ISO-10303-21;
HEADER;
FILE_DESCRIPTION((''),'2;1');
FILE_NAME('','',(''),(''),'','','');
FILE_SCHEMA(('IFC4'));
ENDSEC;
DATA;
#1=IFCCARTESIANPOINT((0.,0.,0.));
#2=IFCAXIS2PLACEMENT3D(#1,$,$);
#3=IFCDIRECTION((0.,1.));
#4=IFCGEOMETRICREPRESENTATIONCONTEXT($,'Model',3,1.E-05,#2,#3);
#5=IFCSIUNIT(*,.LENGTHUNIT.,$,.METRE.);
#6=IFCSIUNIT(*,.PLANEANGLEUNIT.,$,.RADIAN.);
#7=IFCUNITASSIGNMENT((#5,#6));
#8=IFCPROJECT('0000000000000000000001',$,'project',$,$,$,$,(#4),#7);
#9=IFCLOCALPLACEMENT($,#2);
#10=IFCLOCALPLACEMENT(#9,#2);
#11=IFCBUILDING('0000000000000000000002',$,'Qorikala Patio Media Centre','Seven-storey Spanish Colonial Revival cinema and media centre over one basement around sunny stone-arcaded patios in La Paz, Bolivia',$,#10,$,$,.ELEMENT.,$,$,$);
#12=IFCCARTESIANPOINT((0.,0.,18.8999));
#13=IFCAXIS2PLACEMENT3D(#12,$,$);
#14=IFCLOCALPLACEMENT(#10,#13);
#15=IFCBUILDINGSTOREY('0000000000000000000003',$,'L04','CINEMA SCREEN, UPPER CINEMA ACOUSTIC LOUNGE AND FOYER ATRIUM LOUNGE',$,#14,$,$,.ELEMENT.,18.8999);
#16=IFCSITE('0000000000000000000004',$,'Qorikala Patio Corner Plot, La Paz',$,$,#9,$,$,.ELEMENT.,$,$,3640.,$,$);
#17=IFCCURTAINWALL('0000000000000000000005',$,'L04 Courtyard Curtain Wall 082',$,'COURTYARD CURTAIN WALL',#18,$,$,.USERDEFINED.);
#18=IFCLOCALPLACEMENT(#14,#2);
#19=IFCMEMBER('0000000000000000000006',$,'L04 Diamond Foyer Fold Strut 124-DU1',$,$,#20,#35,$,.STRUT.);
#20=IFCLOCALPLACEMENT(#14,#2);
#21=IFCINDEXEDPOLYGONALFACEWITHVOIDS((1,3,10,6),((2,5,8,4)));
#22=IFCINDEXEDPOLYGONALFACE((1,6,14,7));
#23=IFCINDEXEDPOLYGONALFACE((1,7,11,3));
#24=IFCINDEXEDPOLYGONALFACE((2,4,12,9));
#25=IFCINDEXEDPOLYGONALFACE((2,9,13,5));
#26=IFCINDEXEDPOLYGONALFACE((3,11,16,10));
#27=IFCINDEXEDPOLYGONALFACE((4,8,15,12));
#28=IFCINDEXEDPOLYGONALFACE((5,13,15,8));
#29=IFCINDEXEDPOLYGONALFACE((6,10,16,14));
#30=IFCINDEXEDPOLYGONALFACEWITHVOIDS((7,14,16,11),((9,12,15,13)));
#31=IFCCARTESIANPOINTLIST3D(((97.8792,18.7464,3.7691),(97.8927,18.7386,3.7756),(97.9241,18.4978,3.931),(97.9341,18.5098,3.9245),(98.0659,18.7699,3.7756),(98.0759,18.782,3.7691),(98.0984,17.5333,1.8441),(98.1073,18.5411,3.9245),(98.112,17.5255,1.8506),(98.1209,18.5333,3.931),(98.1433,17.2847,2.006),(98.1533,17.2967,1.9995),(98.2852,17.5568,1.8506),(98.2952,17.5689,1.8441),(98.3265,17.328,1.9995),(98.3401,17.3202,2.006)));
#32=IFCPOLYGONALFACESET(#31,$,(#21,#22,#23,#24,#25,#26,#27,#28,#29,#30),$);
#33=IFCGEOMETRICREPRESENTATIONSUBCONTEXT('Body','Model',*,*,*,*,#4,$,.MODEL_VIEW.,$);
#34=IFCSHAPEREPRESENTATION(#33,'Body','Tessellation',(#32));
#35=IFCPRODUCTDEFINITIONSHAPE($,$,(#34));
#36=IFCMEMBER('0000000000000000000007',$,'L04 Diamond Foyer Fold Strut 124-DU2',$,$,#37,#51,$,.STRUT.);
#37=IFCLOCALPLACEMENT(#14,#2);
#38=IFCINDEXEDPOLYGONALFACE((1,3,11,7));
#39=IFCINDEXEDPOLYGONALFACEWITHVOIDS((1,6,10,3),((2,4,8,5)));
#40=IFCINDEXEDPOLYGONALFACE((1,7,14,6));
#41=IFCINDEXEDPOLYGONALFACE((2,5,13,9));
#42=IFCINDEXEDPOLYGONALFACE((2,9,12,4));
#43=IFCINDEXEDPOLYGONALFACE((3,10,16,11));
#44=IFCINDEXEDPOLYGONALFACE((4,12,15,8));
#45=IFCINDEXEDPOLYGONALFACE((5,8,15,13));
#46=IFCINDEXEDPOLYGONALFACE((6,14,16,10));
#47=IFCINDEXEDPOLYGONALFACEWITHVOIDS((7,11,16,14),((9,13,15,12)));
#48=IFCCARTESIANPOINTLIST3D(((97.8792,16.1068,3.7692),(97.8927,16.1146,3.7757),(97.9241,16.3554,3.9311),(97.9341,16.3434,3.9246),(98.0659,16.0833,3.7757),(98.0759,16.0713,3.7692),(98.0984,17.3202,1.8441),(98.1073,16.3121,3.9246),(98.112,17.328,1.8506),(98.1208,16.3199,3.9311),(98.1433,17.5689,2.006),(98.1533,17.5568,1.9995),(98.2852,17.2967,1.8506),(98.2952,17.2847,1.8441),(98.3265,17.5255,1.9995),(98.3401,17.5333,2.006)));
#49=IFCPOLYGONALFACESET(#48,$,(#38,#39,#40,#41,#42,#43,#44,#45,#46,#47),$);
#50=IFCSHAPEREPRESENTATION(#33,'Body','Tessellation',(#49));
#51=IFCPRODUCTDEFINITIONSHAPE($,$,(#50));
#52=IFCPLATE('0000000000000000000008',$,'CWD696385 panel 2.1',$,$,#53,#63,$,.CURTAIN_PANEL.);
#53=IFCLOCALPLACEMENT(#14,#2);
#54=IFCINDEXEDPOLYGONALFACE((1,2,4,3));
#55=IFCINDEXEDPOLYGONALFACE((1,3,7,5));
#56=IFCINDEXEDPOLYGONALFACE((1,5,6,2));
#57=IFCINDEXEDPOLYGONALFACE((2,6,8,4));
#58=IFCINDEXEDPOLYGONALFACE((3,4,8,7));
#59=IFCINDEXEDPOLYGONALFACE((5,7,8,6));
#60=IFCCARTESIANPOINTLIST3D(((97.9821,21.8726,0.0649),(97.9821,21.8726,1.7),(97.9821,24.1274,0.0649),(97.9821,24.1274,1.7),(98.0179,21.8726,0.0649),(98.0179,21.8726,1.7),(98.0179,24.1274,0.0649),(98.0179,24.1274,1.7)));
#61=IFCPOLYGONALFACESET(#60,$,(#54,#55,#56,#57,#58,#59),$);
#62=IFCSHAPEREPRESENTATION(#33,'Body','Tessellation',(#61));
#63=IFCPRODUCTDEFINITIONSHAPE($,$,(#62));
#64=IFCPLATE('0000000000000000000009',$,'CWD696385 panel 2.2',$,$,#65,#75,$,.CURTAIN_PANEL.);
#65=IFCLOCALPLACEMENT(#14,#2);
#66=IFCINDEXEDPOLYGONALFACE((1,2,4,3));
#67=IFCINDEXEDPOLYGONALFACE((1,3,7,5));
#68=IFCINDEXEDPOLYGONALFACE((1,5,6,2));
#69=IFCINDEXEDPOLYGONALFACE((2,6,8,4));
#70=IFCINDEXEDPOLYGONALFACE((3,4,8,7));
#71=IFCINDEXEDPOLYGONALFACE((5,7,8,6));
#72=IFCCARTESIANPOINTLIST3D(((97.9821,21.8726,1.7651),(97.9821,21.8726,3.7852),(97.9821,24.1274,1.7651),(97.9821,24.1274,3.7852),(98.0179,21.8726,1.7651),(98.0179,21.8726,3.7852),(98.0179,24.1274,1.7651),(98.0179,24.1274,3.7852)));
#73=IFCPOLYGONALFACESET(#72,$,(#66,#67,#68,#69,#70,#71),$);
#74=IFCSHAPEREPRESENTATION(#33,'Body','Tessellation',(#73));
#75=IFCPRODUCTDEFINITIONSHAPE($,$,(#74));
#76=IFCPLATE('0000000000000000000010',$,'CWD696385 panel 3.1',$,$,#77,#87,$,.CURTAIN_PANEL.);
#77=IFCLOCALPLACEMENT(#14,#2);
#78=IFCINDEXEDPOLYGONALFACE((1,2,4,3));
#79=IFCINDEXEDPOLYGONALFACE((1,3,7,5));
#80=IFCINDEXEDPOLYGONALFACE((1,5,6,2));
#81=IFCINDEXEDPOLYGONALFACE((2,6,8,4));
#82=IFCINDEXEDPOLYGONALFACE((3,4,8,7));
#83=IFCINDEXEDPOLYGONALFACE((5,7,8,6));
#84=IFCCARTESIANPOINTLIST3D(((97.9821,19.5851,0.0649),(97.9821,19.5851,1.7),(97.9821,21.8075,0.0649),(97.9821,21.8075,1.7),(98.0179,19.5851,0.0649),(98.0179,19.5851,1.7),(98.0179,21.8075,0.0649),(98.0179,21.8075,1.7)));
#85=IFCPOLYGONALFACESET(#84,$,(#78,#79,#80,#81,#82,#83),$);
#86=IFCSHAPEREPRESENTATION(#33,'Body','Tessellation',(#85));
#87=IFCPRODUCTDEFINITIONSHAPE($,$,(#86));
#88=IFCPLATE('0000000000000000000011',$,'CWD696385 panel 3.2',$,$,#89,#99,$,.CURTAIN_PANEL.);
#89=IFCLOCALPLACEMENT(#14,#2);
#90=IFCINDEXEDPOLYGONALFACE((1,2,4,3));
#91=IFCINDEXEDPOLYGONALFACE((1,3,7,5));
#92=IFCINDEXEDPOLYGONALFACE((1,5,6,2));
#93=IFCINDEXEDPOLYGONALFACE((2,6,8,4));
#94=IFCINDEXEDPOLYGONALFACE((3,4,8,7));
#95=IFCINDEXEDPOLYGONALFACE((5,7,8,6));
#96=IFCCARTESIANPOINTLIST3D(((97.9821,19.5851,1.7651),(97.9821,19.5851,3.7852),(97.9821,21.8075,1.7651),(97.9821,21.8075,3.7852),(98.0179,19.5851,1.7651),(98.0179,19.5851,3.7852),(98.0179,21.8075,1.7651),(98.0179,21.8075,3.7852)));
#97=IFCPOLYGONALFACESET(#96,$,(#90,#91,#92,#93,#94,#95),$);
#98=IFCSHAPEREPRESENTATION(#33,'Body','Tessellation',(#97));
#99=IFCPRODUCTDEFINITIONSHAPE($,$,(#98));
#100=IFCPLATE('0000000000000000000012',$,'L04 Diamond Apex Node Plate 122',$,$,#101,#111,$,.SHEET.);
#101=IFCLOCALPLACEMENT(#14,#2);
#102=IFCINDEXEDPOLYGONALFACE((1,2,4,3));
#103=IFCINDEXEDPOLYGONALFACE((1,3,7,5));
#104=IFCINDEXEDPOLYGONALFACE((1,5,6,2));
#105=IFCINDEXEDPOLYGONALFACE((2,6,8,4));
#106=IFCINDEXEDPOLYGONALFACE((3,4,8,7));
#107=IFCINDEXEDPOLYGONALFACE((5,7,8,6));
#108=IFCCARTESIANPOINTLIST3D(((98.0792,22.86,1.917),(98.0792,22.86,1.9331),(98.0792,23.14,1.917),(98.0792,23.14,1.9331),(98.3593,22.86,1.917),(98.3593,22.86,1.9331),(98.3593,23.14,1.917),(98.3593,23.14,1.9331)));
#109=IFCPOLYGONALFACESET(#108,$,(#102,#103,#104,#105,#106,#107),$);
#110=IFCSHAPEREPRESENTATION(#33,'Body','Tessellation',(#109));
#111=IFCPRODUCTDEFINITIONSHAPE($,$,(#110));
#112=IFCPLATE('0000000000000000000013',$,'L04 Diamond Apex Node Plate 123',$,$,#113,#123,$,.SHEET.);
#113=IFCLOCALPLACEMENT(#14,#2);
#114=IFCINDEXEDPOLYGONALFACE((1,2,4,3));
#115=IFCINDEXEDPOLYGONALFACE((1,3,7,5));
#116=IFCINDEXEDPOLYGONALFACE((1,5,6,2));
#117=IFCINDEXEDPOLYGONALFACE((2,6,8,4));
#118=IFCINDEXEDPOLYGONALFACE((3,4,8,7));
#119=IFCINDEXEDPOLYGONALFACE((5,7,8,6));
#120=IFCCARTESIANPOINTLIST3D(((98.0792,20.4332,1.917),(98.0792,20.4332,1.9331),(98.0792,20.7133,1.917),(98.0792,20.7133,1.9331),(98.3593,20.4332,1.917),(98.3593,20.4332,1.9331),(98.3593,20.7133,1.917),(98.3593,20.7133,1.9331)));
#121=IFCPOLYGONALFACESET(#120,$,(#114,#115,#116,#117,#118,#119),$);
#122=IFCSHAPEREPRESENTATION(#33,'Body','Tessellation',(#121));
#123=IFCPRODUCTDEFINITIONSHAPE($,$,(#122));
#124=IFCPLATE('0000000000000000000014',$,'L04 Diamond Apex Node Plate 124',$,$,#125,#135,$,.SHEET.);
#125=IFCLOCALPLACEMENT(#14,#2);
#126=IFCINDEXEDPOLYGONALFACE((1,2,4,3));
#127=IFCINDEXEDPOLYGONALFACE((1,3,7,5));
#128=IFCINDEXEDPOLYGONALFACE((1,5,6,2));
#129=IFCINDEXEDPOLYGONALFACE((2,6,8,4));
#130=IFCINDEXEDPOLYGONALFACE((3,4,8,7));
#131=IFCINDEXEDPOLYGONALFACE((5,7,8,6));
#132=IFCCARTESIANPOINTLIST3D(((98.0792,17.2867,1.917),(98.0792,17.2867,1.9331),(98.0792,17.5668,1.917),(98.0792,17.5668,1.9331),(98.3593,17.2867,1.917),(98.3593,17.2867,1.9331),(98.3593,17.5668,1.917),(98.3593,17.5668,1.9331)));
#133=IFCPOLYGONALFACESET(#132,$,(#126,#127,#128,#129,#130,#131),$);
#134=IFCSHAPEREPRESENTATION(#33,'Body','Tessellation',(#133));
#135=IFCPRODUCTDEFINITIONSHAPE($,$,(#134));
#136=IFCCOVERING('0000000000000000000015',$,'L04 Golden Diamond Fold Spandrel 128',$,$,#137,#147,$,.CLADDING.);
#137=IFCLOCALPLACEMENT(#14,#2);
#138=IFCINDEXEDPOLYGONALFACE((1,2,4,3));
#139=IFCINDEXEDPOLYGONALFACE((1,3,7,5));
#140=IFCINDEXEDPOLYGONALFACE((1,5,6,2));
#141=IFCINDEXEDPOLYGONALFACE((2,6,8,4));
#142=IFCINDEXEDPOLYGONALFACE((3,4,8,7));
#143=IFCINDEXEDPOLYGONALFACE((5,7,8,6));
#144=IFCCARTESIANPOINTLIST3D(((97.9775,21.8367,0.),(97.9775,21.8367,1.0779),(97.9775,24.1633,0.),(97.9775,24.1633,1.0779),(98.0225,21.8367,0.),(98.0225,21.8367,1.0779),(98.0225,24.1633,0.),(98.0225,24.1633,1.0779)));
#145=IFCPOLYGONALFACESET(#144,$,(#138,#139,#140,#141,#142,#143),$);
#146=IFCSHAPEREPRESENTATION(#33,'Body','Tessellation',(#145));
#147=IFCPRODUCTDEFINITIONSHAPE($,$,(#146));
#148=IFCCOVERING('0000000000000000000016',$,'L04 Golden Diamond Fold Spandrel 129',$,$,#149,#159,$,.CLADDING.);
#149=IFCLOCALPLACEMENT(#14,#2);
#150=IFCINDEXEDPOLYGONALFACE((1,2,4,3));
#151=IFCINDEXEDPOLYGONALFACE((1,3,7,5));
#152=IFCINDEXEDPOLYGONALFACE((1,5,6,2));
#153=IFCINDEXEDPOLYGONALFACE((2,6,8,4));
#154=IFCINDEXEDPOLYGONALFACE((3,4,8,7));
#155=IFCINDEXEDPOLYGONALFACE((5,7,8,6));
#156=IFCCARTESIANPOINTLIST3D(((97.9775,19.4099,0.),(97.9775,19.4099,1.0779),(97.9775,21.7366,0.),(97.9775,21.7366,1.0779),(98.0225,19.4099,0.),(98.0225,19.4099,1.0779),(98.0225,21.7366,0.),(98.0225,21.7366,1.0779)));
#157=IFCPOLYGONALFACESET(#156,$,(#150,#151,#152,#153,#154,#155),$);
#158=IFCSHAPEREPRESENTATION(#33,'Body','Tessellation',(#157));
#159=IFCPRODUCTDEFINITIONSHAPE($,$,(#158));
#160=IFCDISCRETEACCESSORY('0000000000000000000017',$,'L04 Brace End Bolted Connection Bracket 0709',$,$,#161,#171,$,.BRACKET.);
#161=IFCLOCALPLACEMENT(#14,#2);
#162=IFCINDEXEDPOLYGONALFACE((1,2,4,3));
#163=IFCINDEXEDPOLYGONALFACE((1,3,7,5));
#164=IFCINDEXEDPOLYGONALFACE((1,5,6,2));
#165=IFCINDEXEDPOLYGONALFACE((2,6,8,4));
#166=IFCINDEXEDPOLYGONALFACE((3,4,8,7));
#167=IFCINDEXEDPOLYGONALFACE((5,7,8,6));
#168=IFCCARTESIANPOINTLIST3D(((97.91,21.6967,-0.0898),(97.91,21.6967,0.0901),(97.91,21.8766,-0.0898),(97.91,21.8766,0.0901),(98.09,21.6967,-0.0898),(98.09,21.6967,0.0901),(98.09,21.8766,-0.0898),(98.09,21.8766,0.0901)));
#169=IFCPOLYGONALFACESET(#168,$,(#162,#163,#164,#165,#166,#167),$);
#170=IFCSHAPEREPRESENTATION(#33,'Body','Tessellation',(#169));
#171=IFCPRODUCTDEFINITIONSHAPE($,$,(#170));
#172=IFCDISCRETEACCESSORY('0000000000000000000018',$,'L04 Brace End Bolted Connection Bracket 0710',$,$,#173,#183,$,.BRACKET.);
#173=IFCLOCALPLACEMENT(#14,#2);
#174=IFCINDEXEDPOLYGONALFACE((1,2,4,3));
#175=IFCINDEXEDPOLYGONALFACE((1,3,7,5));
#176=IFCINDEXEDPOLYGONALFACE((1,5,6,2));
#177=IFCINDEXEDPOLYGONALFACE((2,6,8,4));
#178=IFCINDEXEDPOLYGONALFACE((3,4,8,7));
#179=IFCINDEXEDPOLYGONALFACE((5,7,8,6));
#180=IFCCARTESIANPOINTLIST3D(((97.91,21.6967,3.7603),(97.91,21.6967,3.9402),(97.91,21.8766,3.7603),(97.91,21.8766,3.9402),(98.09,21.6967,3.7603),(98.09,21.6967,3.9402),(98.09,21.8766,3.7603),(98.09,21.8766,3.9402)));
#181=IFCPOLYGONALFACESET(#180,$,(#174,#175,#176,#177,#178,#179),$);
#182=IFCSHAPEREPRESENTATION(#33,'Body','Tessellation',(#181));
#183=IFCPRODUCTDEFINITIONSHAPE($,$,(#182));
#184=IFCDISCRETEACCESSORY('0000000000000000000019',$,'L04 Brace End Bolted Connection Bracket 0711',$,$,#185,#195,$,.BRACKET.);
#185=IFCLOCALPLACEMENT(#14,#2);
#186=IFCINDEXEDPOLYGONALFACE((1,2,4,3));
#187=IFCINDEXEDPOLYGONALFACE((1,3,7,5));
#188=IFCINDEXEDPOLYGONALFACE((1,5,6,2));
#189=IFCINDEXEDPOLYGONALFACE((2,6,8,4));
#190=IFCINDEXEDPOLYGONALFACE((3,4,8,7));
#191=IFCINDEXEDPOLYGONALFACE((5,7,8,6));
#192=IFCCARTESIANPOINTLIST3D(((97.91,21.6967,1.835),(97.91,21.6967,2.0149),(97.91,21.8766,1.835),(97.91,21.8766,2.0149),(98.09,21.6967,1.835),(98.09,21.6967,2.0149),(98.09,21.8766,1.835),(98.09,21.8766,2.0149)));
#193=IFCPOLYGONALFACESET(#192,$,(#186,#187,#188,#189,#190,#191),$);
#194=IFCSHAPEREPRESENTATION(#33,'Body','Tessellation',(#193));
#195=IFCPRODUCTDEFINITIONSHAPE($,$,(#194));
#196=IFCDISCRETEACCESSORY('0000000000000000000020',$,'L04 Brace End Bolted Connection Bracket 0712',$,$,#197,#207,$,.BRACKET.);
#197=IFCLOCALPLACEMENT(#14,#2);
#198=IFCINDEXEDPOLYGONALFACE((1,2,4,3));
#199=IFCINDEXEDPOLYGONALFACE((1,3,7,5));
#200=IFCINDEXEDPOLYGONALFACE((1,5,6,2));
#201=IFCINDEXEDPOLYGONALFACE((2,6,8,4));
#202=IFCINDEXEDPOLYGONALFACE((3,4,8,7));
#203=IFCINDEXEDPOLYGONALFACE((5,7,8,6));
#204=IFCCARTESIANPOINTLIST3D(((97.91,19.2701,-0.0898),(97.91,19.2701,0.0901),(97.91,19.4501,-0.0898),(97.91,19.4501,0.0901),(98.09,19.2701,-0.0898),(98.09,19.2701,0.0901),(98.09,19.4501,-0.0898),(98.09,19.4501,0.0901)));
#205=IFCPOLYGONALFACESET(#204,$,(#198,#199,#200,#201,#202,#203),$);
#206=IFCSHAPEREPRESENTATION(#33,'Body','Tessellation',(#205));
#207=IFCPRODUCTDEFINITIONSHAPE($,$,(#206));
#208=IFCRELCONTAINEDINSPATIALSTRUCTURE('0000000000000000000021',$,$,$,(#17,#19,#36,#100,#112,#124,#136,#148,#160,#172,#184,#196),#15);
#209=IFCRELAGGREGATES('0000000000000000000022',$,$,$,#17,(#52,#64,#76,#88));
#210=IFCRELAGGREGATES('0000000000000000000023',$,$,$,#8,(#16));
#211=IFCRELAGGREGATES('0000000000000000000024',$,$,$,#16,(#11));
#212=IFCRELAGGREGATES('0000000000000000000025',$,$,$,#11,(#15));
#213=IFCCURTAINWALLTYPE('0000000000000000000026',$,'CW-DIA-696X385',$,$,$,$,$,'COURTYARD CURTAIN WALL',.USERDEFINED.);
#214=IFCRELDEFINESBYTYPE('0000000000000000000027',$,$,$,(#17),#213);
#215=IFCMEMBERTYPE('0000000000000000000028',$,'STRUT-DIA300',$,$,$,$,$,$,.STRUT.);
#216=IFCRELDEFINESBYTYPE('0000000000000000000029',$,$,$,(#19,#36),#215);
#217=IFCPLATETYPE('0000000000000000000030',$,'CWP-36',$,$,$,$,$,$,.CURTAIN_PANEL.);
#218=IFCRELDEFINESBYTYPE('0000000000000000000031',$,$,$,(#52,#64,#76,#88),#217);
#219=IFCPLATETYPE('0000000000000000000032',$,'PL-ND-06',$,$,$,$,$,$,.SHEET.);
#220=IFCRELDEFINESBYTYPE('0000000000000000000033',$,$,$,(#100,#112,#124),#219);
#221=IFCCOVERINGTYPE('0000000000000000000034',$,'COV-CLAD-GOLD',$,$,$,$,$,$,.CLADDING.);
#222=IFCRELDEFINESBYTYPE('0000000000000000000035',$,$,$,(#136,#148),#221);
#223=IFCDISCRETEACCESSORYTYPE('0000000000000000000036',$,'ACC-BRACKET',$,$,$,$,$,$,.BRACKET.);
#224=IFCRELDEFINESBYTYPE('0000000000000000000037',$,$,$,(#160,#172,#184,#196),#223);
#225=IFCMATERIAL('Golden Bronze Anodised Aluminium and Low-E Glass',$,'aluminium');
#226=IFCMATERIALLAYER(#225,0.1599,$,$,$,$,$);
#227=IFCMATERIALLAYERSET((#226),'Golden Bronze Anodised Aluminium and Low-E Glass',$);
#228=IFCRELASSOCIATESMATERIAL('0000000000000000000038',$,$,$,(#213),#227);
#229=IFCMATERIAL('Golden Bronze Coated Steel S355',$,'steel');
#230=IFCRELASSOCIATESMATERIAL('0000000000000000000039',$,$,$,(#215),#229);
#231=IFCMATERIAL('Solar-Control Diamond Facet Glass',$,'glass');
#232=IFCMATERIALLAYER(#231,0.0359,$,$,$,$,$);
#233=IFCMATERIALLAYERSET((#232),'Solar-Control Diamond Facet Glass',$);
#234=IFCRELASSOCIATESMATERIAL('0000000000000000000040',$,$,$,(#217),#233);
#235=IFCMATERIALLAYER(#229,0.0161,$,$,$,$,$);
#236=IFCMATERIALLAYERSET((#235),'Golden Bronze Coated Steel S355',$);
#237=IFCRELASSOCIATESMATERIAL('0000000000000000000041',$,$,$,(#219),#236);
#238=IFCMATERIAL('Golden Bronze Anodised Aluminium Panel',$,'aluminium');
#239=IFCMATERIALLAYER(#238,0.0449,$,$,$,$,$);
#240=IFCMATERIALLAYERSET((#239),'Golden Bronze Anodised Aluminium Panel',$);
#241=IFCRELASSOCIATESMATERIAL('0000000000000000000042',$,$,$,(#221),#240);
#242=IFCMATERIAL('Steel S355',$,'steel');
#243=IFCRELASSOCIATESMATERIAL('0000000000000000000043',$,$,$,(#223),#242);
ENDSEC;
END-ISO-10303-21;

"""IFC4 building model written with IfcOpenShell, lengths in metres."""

from ifc_helpers import new_model, si_unit, direction, frame, origin, origin_2d, place, context, subcontext, project, spatial, rectangle, hollow_rectangle, extrude, material, layer, layer_set, material_profile, profile_set, type_object, element, aggregate, save


model = new_model("IFC4")

# Units and contexts
model_context = context("Model", 3, precision=1e-05, world=origin(), true_north=direction((0.0, 1.0)))
body_context = subcontext(model_context, "Body", "Model", "MODEL_VIEW")
ifc_project = project(units=[si_unit("LENGTHUNIT", "METRE"), si_unit("PLANEANGLEUNIT", "RADIAN")], contexts=[model_context])

# Site, building, storey
site_placement = place(None, origin())
site = spatial("IfcSite", under=ifc_project, at=site_placement, Name="Qorikala Patio Corner Plot, La Paz", CompositionType="ELEMENT", RefElevation=3640.0)
building_placement = place(site_placement, origin())
building = spatial("IfcBuilding", under=site, at=building_placement, Name="Qorikala Patio Media Centre", Description="Seven-storey Spanish Colonial Revival cinema and media centre over one basement around sunny stone-arcaded patios in La Paz, Bolivia", CompositionType="ELEMENT")
storey_placement = place(building_placement, frame((0.0, 0.0, 18.8999)))
storey = spatial("IfcBuildingStorey", under=building, at=storey_placement, Name="L04", Description="CINEMA SCREEN, UPPER CINEMA ACOUSTIC LOUNGE AND FOYER ATRIUM LOUNGE", CompositionType="ELEMENT", Elevation=18.8999)

# Shared definitions
ifc_material_1 = material(Name="Golden Bronze Coated Steel S355", Category="steel")

# Curtain wall
ifc_material_2 = material(Name="Golden Bronze Anodised Aluminium and Low-E Glass", Category="aluminium")
ifc_layer_1 = layer(ifc_material_2, 0.1599)
ifc_layer_set_1 = layer_set([ifc_layer_1], Name="Golden Bronze Anodised Aluminium and Low-E Glass")
curtain_wall_type = type_object("IfcCurtainWallType", Name="CW-DIA-696X385", ElementType="COURTYARD CURTAIN WALL", PredefinedType="USERDEFINED", material=ifc_layer_set_1)
curtain_wall_placement = place(storey_placement, origin())
curtain_wall = element("IfcCurtainWall", 1, at=curtain_wall_placement, inside=storey, type_object=curtain_wall_type, Name="L04 Courtyard Curtain Wall 082", ObjectType="COURTYARD CURTAIN WALL", PredefinedType="USERDEFINED")

# Members
ifc_material_profile_1 = material_profile(ifc_material_1, hollow_rectangle(XDim=0.2, YDim=0.3, WallThickness=0.012, at=origin_2d()), Name="HSS300X200X12")
ifc_profile_set_1 = profile_set([ifc_material_profile_1], Name="Golden Bronze Coated Steel S355")
member_type_1 = type_object("IfcMemberType", Name="STRUT-DIA300", PredefinedType="STRUT", material=ifc_profile_set_1)
for number, where, z_axis, x_axis, name in (
    (2, (98.2192, 17.4268, 1.925), (-0.095907, 0.530691, 0.842121), (-0.984059, -0.17784, 0.0), "L04 Diamond Foyer Fold Strut 124-DU1"),
):
    element("IfcMember", number, at=place(storey_placement, frame(where, z_axis=z_axis, x_axis=x_axis)), inside=storey, type_object=member_type_1, Name=name, PredefinedType="STRUT", context=body_context, shape_type="SweptSolid", body=[
        extrude(hollow_rectangle(XDim=0.2, YDim=0.3, WallThickness=0.012, at=origin_2d()), origin(), (0.0, 0.0, 1.0), 2.2859),
    ])
member_1_placement = place(storey_placement, frame((98.2192, 17.4268, 1.925), z_axis=(-0.095901, -0.530768, 0.842074), x_axis=(0.984066, -0.177805, 0.0)))
element("IfcMember", 3, at=member_1_placement, inside=storey, type_object=member_type_1, Name="L04 Diamond Foyer Fold Strut 124-DU2", PredefinedType="STRUT", context=body_context, shape_type="SweptSolid", body=[
    extrude(hollow_rectangle(XDim=0.2, YDim=0.3, WallThickness=0.012, at=origin_2d()), origin(), (0.0, 0.0, 1.0), 2.2861),
])

# Plates
ifc_material_3 = material(Name="Solar-Control Diamond Facet Glass", Category="glass")
ifc_layer_2 = layer(ifc_material_3, 0.0359)
ifc_layer_set_2 = layer_set([ifc_layer_2], Name="Solar-Control Diamond Facet Glass")
plate_type_1 = type_object("IfcPlateType", Name="CWP-36", PredefinedType="CURTAIN_PANEL", material=ifc_layer_set_2)
plate_1_placement = place(storey_placement, frame((98.0, 23.0, 0.0649), z_axis=(0.0, 0.0, 1.0), x_axis=(0.0, -1.0, 0.0)))
plate_1 = element("IfcPlate", 4, at=plate_1_placement, type_object=plate_type_1, Name="CWD696385 panel 2.1", PredefinedType="CURTAIN_PANEL", context=body_context, shape_type="SweptSolid", body=[
    extrude(rectangle(XDim=2.2549, YDim=0.0359, at=origin_2d()), origin(), (0.0, 0.0, 1.0), 1.635),
])
plate_2_placement = place(storey_placement, frame((98.0, 23.0, 1.7651), z_axis=(0.0, 0.0, 1.0), x_axis=(0.0, -1.0, 0.0)))
plate_2 = element("IfcPlate", 5, at=plate_2_placement, type_object=plate_type_1, Name="CWD696385 panel 2.2", PredefinedType="CURTAIN_PANEL", context=body_context, shape_type="SweptSolid", body=[
    extrude(rectangle(XDim=2.2549, YDim=0.0359, at=origin_2d()), origin(), (0.0, 0.0, 1.0), 2.02),
])
plate_3_placement = place(storey_placement, frame((98.0, 20.6963, 0.0649), z_axis=(0.0, 0.0, 1.0), x_axis=(0.0, -1.0, 0.0)))
plate_3 = element("IfcPlate", 6, at=plate_3_placement, type_object=plate_type_1, Name="CWD696385 panel 3.1", PredefinedType="CURTAIN_PANEL", context=body_context, shape_type="SweptSolid", body=[
    extrude(rectangle(XDim=2.2224, YDim=0.0359, at=origin_2d()), origin(), (0.0, 0.0, 1.0), 1.635),
])
plate_4_placement = place(storey_placement, frame((98.0, 20.6963, 1.7651), z_axis=(0.0, 0.0, 1.0), x_axis=(0.0, -1.0, 0.0)))
plate_4 = element("IfcPlate", 7, at=plate_4_placement, type_object=plate_type_1, Name="CWD696385 panel 3.2", PredefinedType="CURTAIN_PANEL", context=body_context, shape_type="SweptSolid", body=[
    extrude(rectangle(XDim=2.2224, YDim=0.0359, at=origin_2d()), origin(), (0.0, 0.0, 1.0), 2.02),
])
aggregate(curtain_wall, [plate_1, plate_2, plate_3, plate_4])

# Plates
ifc_layer_3 = layer(ifc_material_1, 0.0161)
ifc_layer_set_3 = layer_set([ifc_layer_3], Name="Golden Bronze Coated Steel S355")
plate_type_2 = type_object("IfcPlateType", Name="PL-ND-06", PredefinedType="SHEET", material=ifc_layer_set_3)
for number, where, z_axis, x_axis, name in (
    (8, (98.2192, 23.0, 1.917), (0.0, 0.0, 1.0), (0.0, -1.0, 0.0), "L04 Diamond Apex Node Plate 122"),
    (9, (98.2192, 20.5732, 1.917), (0.0, 0.0, 1.0), (0.0, -1.0, 0.0), "L04 Diamond Apex Node Plate 123"),
    (10, (98.2192, 17.4268, 1.917), (0.0, 0.0, 1.0), (0.0, -1.0, 0.0), "L04 Diamond Apex Node Plate 124"),
):
    element("IfcPlate", number, at=place(storey_placement, frame(where, z_axis=z_axis, x_axis=x_axis)), inside=storey, type_object=plate_type_2, Name=name, PredefinedType="SHEET", context=body_context, shape_type="SweptSolid", body=[
        extrude(rectangle(XDim=0.28, YDim=0.28, at=origin_2d()), origin(), (0.0, 0.0, 1.0), 0.0161),
    ])

# Coverings
ifc_material_4 = material(Name="Golden Bronze Anodised Aluminium Panel", Category="aluminium")
ifc_layer_4 = layer(ifc_material_4, 0.0449)
ifc_layer_set_4 = layer_set([ifc_layer_4], Name="Golden Bronze Anodised Aluminium Panel")
covering_type = type_object("IfcCoveringType", Name="COV-CLAD-GOLD", PredefinedType="CLADDING", material=ifc_layer_set_4)
for number, where, z_axis, x_axis, name in (
    (11, (98.0, 23.0, 0.0), (0.0, 0.0, 1.0), (0.0, -1.0, 0.0), "L04 Golden Diamond Fold Spandrel 128"),
    (12, (98.0, 20.5732, 0.0), (0.0, 0.0, 1.0), (0.0, -1.0, 0.0), "L04 Golden Diamond Fold Spandrel 129"),
):
    element("IfcCovering", number, at=place(storey_placement, frame(where, z_axis=z_axis, x_axis=x_axis)), inside=storey, type_object=covering_type, Name=name, PredefinedType="CLADDING", context=body_context, shape_type="SweptSolid", body=[
        extrude(rectangle(XDim=2.3267, YDim=0.0449, at=origin_2d()), origin(), (0.0, 0.0, 1.0), 1.0779),
    ])

# Discrete accessories
ifc_material_5 = material(Name="Steel S355", Category="steel")
discrete_accessory_type = type_object("IfcDiscreteAccessoryType", Name="ACC-BRACKET", PredefinedType="BRACKET", material=ifc_material_5)
for number, where, z_axis, x_axis, name in (
    (13, (98.0, 21.7866, -0.0898), (0.0, 0.0, 1.0), (1.0, 0.0, 0.0), "L04 Brace End Bolted Connection Bracket 0709"),
    (14, (98.0, 21.7866, 3.7603), (0.0, 0.0, 1.0), (1.0, 0.0, 0.0), "L04 Brace End Bolted Connection Bracket 0710"),
    (15, (98.0, 21.7866, 1.835), (0.0, 0.0, 1.0), (1.0, 0.0, 0.0), "L04 Brace End Bolted Connection Bracket 0711"),
    (16, (98.0, 19.3601, -0.0898), (0.0, 0.0, 1.0), (1.0, 0.0, 0.0), "L04 Brace End Bolted Connection Bracket 0712"),
):
    element("IfcDiscreteAccessory", number, at=place(storey_placement, frame(where, z_axis=z_axis, x_axis=x_axis)), inside=storey, type_object=discrete_accessory_type, Name=name, PredefinedType="BRACKET", context=body_context, shape_type="SweptSolid", body=[
        extrude(rectangle(XDim=0.1799, YDim=0.1799, at=origin_2d()), origin(), (0.0, 0.0, 1.0), 0.1799),
    ])

save(model, "model.ifc")
